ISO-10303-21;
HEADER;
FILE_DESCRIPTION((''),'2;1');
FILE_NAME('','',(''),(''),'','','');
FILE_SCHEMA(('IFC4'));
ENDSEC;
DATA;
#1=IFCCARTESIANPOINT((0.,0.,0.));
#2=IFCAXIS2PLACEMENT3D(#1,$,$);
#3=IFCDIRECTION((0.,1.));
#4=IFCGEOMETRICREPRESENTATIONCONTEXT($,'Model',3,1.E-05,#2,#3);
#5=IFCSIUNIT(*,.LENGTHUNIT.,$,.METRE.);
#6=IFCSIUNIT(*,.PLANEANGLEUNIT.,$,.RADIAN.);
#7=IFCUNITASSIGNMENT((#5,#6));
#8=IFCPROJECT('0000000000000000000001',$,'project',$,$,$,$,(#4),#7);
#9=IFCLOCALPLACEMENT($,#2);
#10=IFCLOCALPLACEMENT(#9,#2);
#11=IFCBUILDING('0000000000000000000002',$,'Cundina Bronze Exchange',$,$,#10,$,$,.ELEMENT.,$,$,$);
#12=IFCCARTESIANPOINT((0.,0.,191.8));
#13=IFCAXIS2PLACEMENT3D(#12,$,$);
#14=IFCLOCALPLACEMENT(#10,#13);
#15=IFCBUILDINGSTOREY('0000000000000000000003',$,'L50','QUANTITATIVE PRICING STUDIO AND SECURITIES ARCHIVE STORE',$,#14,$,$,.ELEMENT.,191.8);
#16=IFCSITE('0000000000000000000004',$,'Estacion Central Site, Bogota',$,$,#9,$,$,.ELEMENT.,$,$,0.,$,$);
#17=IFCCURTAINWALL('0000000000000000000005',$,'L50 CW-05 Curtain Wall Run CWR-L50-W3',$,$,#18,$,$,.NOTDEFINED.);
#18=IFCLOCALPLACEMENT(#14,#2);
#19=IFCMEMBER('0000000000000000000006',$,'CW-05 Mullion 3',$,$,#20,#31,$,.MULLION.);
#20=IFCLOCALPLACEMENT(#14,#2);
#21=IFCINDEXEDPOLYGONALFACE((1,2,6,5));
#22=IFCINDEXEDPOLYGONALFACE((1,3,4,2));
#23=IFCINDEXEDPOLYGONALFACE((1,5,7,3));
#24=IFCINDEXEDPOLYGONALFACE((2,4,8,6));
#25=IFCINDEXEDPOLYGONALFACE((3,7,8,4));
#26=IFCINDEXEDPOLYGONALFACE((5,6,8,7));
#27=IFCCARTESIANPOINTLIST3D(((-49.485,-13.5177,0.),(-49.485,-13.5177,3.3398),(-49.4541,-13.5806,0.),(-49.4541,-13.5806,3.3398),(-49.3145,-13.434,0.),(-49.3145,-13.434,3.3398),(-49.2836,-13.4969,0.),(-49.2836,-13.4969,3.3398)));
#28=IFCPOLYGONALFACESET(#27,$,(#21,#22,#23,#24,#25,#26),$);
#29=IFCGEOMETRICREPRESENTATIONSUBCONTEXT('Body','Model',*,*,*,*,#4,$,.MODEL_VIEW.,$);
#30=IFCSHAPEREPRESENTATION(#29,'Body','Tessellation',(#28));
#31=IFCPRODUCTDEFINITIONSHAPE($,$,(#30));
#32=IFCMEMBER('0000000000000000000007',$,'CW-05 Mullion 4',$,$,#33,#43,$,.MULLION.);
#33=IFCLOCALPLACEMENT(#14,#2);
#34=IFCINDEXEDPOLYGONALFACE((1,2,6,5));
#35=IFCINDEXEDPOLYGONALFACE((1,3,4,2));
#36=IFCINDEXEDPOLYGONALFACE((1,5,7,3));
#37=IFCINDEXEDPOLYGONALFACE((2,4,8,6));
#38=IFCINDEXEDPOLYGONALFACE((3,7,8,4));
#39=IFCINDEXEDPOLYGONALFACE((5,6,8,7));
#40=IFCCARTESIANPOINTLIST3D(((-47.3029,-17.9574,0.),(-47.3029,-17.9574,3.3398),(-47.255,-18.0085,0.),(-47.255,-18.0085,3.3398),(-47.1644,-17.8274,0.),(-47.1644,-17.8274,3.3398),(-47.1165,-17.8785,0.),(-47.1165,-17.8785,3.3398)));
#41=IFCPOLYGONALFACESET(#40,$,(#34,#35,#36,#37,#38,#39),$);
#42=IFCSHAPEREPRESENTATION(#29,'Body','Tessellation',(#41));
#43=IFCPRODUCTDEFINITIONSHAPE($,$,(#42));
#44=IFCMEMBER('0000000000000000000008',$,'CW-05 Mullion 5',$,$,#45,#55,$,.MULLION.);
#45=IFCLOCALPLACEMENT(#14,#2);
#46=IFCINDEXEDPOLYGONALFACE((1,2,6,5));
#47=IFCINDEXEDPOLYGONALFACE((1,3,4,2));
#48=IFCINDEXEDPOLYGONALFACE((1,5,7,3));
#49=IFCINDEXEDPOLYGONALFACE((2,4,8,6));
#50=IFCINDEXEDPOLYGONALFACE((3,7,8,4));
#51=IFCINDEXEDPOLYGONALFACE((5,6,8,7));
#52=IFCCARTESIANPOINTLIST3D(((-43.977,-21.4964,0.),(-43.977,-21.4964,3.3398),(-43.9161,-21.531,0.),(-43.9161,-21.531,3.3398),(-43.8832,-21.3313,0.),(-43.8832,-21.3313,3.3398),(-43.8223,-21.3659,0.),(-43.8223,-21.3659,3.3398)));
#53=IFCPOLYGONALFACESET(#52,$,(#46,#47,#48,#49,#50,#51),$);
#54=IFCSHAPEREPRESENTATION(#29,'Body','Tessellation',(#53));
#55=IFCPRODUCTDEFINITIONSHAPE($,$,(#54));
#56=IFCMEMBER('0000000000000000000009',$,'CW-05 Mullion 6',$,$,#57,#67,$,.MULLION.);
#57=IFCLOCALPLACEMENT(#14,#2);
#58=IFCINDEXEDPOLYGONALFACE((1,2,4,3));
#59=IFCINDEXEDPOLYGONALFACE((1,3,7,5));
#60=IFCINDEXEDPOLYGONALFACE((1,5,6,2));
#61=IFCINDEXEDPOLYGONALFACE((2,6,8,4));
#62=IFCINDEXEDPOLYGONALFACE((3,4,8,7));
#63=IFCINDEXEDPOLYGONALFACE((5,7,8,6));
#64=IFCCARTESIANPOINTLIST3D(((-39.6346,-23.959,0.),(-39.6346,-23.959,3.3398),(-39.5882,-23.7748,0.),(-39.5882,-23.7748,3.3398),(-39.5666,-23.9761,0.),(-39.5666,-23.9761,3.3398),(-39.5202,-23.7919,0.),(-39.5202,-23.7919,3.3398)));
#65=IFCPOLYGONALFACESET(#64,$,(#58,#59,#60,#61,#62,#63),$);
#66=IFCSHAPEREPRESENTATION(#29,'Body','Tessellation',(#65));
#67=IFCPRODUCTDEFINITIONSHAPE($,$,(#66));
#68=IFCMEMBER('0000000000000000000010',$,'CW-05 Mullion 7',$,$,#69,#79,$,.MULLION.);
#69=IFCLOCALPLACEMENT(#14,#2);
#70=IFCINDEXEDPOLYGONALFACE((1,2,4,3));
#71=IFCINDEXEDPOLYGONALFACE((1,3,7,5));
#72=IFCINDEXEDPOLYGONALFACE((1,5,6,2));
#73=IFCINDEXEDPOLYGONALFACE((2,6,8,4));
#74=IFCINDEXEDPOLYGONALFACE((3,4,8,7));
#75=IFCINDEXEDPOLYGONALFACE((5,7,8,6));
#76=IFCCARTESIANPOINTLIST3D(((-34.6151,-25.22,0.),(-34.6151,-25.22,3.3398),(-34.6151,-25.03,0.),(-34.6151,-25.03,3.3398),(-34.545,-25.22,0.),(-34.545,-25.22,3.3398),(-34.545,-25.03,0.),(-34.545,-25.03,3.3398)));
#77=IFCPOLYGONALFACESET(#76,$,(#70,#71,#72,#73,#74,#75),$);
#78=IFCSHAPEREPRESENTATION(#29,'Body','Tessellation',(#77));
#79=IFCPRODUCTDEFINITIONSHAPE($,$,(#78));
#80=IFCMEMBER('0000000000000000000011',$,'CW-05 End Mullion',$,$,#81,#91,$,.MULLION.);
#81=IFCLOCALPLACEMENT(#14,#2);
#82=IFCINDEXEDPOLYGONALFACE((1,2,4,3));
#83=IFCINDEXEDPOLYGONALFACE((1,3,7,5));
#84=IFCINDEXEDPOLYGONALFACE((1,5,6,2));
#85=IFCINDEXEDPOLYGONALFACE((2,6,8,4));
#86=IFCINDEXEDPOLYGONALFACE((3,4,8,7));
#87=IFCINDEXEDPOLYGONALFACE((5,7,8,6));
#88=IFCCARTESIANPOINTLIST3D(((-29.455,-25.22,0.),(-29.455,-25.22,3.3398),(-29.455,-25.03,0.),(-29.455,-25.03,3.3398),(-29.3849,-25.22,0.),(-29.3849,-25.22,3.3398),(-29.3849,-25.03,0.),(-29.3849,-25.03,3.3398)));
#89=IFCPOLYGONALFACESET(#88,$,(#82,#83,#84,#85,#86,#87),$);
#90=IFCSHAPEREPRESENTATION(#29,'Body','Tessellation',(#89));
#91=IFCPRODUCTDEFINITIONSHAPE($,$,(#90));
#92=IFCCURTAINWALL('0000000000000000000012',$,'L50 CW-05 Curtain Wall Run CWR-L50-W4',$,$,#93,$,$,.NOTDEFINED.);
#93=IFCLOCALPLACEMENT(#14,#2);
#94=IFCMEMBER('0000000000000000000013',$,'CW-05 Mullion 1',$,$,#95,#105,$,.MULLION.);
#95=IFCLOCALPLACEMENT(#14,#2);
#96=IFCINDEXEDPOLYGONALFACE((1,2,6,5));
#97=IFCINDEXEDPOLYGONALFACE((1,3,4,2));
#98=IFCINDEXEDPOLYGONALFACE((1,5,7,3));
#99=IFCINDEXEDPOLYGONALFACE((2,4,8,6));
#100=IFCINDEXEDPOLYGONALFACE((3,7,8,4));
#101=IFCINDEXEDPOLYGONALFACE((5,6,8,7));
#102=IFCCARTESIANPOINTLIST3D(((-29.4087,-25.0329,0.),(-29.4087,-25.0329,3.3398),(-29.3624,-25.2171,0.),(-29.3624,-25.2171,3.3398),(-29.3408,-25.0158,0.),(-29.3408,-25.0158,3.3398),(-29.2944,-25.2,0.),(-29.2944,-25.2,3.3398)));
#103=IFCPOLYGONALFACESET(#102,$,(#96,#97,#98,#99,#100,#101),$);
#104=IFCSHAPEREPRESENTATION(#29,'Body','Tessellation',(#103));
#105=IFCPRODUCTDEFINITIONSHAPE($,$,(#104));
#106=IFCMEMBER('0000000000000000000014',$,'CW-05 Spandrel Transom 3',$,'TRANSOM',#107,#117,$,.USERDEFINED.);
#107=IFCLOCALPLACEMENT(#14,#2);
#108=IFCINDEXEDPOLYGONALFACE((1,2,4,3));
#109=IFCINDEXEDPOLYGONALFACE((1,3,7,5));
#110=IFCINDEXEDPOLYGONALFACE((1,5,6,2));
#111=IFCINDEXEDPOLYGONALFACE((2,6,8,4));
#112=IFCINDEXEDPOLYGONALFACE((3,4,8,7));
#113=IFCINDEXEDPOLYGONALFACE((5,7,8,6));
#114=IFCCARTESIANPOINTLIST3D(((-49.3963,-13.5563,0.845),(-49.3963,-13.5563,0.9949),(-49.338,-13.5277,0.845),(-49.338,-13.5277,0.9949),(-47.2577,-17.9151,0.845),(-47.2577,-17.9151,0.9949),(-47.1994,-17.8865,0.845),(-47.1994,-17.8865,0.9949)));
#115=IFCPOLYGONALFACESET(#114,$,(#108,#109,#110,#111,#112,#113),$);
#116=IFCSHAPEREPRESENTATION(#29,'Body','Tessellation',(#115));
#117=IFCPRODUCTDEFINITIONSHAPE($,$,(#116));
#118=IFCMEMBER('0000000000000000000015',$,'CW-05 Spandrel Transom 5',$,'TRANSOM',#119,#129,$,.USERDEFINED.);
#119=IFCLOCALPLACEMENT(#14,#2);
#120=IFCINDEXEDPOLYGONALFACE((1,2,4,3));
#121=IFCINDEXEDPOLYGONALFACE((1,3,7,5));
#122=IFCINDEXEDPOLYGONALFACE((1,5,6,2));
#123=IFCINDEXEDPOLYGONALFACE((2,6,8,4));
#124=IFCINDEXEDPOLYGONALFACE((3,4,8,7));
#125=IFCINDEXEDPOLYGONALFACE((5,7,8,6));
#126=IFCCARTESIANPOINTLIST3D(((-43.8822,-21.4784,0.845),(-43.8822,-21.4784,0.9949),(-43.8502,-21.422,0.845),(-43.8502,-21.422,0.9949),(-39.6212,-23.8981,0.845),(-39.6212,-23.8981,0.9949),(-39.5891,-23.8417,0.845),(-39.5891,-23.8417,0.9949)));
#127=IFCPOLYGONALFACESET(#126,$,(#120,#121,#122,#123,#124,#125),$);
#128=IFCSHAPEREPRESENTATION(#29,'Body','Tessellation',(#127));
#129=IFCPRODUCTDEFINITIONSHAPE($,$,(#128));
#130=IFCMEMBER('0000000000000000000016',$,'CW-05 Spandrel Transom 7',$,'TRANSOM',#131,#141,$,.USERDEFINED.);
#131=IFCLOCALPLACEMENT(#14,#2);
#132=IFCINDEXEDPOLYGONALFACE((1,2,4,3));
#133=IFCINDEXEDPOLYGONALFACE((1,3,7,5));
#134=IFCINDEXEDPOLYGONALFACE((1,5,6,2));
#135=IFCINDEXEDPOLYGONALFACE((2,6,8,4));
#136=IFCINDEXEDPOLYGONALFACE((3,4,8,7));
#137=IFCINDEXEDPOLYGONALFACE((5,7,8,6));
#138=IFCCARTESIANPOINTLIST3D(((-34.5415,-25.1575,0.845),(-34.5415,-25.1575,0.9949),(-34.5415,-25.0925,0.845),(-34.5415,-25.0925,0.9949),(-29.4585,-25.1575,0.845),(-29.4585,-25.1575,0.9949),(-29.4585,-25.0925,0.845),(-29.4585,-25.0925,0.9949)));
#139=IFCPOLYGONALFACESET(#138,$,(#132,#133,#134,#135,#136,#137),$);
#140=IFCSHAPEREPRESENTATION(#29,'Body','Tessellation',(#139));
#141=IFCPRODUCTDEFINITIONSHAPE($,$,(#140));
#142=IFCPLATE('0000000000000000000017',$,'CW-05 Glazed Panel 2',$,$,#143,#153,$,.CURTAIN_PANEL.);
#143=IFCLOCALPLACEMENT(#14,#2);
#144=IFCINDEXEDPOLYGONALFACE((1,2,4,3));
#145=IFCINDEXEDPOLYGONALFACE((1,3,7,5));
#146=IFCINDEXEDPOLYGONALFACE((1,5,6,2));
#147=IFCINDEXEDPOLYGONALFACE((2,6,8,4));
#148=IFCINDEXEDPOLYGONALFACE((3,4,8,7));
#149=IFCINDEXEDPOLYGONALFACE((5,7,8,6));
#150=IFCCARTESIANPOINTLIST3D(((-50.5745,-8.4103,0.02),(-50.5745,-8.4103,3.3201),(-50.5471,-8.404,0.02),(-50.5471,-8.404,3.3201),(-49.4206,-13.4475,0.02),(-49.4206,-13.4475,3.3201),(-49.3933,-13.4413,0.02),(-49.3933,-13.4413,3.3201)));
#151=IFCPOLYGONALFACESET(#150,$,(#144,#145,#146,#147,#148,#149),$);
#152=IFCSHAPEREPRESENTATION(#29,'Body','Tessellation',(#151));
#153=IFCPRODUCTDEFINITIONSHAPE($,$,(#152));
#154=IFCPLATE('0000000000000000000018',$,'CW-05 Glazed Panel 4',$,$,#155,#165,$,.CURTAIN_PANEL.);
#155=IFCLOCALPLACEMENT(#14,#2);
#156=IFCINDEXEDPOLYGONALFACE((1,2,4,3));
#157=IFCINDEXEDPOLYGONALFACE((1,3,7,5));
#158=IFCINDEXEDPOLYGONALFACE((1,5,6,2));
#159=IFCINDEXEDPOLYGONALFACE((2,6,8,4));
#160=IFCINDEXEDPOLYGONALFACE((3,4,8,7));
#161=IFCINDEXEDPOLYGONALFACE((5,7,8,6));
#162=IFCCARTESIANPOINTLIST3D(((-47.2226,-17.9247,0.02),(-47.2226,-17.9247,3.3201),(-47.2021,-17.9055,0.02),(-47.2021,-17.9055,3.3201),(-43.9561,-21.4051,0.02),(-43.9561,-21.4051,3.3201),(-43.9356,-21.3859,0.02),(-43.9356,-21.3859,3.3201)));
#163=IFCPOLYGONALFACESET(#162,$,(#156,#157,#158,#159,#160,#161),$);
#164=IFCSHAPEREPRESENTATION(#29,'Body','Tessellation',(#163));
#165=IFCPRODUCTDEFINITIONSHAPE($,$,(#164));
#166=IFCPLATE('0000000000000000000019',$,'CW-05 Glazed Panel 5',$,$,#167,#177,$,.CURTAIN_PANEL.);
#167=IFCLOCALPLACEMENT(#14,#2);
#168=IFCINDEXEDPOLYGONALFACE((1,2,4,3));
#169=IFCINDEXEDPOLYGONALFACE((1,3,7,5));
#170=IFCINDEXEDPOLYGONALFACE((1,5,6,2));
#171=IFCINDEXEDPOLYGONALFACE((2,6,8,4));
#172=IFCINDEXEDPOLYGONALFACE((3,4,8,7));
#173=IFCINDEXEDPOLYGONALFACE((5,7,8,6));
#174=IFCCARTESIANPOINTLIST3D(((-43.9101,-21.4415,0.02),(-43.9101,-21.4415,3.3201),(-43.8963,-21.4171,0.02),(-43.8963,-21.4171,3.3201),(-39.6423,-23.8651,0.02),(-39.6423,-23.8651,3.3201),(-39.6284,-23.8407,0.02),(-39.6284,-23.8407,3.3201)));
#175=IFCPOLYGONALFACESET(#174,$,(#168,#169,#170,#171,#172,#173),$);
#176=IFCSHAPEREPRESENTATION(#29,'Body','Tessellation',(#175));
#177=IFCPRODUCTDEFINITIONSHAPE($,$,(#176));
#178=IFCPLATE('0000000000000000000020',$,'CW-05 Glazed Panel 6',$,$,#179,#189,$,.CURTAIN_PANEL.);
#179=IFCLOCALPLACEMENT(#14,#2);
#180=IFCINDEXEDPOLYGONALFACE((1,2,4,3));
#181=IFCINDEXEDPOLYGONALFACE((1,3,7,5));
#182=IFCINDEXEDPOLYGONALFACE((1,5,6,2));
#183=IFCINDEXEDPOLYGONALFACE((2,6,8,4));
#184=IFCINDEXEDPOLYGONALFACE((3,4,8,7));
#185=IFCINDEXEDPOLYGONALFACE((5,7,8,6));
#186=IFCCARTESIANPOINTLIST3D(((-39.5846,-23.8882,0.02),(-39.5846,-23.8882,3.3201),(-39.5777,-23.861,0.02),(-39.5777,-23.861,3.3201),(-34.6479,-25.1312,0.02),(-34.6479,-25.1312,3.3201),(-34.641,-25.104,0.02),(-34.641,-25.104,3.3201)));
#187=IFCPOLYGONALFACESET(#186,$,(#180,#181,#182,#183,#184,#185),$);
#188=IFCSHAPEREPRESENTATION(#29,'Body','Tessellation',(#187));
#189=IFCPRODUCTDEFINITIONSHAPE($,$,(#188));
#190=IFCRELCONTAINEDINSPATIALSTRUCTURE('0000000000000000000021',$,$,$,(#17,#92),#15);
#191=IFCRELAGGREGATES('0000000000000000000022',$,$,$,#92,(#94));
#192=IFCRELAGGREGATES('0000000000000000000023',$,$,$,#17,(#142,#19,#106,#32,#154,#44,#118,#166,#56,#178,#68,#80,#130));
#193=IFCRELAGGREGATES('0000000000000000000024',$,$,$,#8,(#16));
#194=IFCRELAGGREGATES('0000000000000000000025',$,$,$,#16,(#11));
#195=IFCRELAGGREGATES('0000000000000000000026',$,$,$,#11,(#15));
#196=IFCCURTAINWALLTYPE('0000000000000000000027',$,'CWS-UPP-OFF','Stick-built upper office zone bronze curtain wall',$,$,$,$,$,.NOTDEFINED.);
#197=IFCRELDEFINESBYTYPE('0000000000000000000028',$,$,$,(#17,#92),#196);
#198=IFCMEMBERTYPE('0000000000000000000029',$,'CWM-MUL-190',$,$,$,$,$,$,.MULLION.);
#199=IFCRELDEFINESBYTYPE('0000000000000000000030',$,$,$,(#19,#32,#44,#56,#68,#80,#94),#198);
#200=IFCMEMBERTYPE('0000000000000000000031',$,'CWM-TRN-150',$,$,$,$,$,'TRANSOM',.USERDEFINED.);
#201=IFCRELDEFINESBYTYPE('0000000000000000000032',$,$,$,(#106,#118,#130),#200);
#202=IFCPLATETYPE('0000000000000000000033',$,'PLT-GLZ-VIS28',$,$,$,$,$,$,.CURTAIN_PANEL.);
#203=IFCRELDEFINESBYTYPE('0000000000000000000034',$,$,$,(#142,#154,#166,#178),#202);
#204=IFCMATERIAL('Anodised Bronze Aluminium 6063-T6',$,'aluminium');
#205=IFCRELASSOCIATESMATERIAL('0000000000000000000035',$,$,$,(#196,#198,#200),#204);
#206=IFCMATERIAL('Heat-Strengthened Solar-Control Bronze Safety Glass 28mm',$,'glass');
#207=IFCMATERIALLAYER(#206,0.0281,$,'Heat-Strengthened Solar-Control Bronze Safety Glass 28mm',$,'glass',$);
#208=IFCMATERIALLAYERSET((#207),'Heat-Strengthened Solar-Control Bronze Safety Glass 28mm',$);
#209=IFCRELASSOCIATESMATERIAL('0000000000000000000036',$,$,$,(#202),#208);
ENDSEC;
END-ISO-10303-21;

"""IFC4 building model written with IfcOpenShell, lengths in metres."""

from ifc_helpers import new_model, si_unit, direction, frame, origin, origin_2d, place, context, subcontext, project, spatial, rectangle, extrude, material, layer, layer_set, material_profile, profile_set, type_object, element, aggregate, save


model = new_model("IFC4")

# Units and contexts
model_context = context("Model", 3, precision=1e-05, world=origin(), true_north=direction((0.0, 1.0)))
body_context = subcontext(model_context, "Body", "Model", "MODEL_VIEW")
ifc_project = project(units=[si_unit("LENGTHUNIT", "METRE"), si_unit("PLANEANGLEUNIT", "RADIAN")], contexts=[model_context])

# Site, building, storey
site_placement = place(None, origin())
site = spatial("IfcSite", under=ifc_project, at=site_placement, Name="Estacion Central Site, Bogota", CompositionType="ELEMENT", RefElevation=0.0)
building_placement = place(site_placement, origin())
building = spatial("IfcBuilding", under=site, at=building_placement, Name="Cundina Bronze Exchange", CompositionType="ELEMENT")
storey_placement = place(building_placement, frame((0.0, 0.0, 191.8)))
storey = spatial("IfcBuildingStorey", under=building, at=storey_placement, Name="L50", Description="QUANTITATIVE PRICING STUDIO AND SECURITIES ARCHIVE STORE", CompositionType="ELEMENT", Elevation=191.8)

# Curtain wall, members
ifc_material_1 = material(Name="Anodised Bronze Aluminium 6063-T6", Category="aluminium")
curtain_wall_type = type_object("IfcCurtainWallType", Name="CWS-UPP-OFF", Description="Stick-built upper office zone bronze curtain wall", PredefinedType="NOTDEFINED", material=ifc_material_1)
curtain_wall_1_placement = place(storey_placement, origin())
curtain_wall_1 = element("IfcCurtainWall", 1, at=curtain_wall_1_placement, inside=storey, type_object=curtain_wall_type, Name="L50 CW-05 Curtain Wall Run CWR-L50-W3", PredefinedType="NOTDEFINED")
ifc_material_profile_1 = material_profile(ifc_material_1, rectangle(XDim=0.0701, YDim=0.1899, at=origin_2d()), Name="AL70X190", Category="aluminium")
ifc_profile_set_1 = profile_set([ifc_material_profile_1], Name="Anodised Bronze Aluminium 6063-T6")
member_type_1 = type_object("IfcMemberType", Name="CWM-MUL-190", PredefinedType="MULLION", material=ifc_profile_set_1)
member_1_placement = place(storey_placement, frame((-49.3843, -13.5073, 0.0), z_axis=(0.0, 0.0, 1.0), x_axis=(0.440566, -0.89772, 0.0)))
member_1 = element("IfcMember", 2, at=member_1_placement, type_object=member_type_1, Name="CW-05 Mullion 3", PredefinedType="MULLION", context=body_context, shape_type="SweptSolid", body=[
    extrude(rectangle(XDim=0.0701, YDim=0.1899, at=origin_2d()), origin(), (0.0, 0.0, 1.0), 3.3398),
])
member_2_placement = place(storey_placement, frame((-47.2097, -17.918, 0.0), z_axis=(0.0, 0.0, 1.0), x_axis=(0.684293, -0.729208, 0.0)))
member_2 = element("IfcMember", 3, at=member_2_placement, type_object=member_type_1, Name="CW-05 Mullion 4", PredefinedType="MULLION", context=body_context, shape_type="SweptSolid", body=[
    extrude(rectangle(XDim=0.0701, YDim=0.1899, at=origin_2d()), origin(), (0.0, 0.0, 1.0), 3.3398),
])
member_3_placement = place(storey_placement, frame((-43.8997, -21.4312, 0.0), z_axis=(0.0, 0.0, 1.0), x_axis=(0.869581, -0.49379, 0.0)))
member_3 = element("IfcMember", 4, at=member_3_placement, type_object=member_type_1, Name="CW-05 Mullion 5", PredefinedType="MULLION", context=body_context, shape_type="SweptSolid", body=[
    extrude(rectangle(XDim=0.0701, YDim=0.1899, at=origin_2d()), origin(), (0.0, 0.0, 1.0), 3.3398),
])
member_4_placement = place(storey_placement, frame((-39.5774, -23.8755, 0.0), z_axis=(0.0, 0.0, 1.0), x_axis=(0.969744, -0.244123, 0.0)))
member_4 = element("IfcMember", 5, at=member_4_placement, type_object=member_type_1, Name="CW-05 Mullion 6", PredefinedType="MULLION", context=body_context, shape_type="SweptSolid", body=[
    extrude(rectangle(XDim=0.0701, YDim=0.1899, at=origin_2d()), origin(), (0.0, 0.0, 1.0), 3.3398),
])
member_5_placement = place(storey_placement, frame((-34.5801, -25.125, 0.0), z_axis=(0.0, 0.0, 1.0), x_axis=(1.0, 0.0, 0.0)))
member_5 = element("IfcMember", 6, at=member_5_placement, type_object=member_type_1, Name="CW-05 Mullion 7", PredefinedType="MULLION", context=body_context, shape_type="SweptSolid", body=[
    extrude(rectangle(XDim=0.0701, YDim=0.1899, at=origin_2d()), origin(), (0.0, 0.0, 1.0), 3.3398),
])
member_6_placement = place(storey_placement, frame((-29.4199, -25.125, 0.0), z_axis=(0.0, 0.0, 1.0), x_axis=(1.0, 0.0, 0.0)))
member_6 = element("IfcMember", 7, at=member_6_placement, type_object=member_type_1, Name="CW-05 End Mullion", PredefinedType="MULLION", context=body_context, shape_type="SweptSolid", body=[
    extrude(rectangle(XDim=0.0701, YDim=0.1899, at=origin_2d()), origin(), (0.0, 0.0, 1.0), 3.3398),
])

# Curtain wall, member
curtain_wall_2_placement = place(storey_placement, origin())
curtain_wall_2 = element("IfcCurtainWall", 8, at=curtain_wall_2_placement, inside=storey, type_object=curtain_wall_type, Name="L50 CW-05 Curtain Wall Run CWR-L50-W4", PredefinedType="NOTDEFINED")
member_7_placement = place(storey_placement, frame((-29.3516, -25.1165, 0.0), z_axis=(0.0, 0.0, 1.0), x_axis=(0.969744, 0.244123, 0.0)))
member_7 = element("IfcMember", 9, at=member_7_placement, type_object=member_type_1, Name="CW-05 Mullion 1", PredefinedType="MULLION", context=body_context, shape_type="SweptSolid", body=[
    extrude(rectangle(XDim=0.0701, YDim=0.1899, at=origin_2d()), origin(), (0.0, 0.0, 1.0), 3.3398),
])
aggregate(curtain_wall_2, [member_7])

# Members
ifc_material_profile_2 = material_profile(ifc_material_1, rectangle(XDim=0.0649, YDim=0.1499, at=origin_2d()), Name="AL65X150", Category="aluminium")
ifc_profile_set_2 = profile_set([ifc_material_profile_2], Name="Anodised Bronze Aluminium 6063-T6")
member_type_2 = type_object("IfcMemberType", Name="CWM-TRN-150", ElementType="TRANSOM", PredefinedType="USERDEFINED", material=ifc_profile_set_2)
member_8_placement = place(storey_placement, frame((-49.3672, -13.542, 0.9199), z_axis=(0.440483, -0.897761, 0.0), x_axis=(0.897761, 0.440483, 0.0)))
member_8 = element("IfcMember", 10, at=member_8_placement, type_object=member_type_2, Name="CW-05 Spandrel Transom 3", ObjectType="TRANSOM", PredefinedType="USERDEFINED", context=body_context, shape_type="SweptSolid", body=[
    extrude(rectangle(XDim=0.0649, YDim=0.1499, at=origin_2d()), origin(), (0.0, 0.0, 1.0), 4.8552),
])
member_9_placement = place(storey_placement, frame((-43.8662, -21.4502, 0.9199), z_axis=(0.869574, -0.493803, 0.0), x_axis=(0.493803, 0.869574, 0.0)))
member_9 = element("IfcMember", 11, at=member_9_placement, type_object=member_type_2, Name="CW-05 Spandrel Transom 5", ObjectType="TRANSOM", PredefinedType="USERDEFINED", context=body_context, shape_type="SweptSolid", body=[
    extrude(rectangle(XDim=0.0649, YDim=0.1499, at=origin_2d()), origin(), (0.0, 0.0, 1.0), 4.9001),
])
member_10_placement = place(storey_placement, frame((-34.5415, -25.125, 0.9199), z_axis=(1.0, 0.0, 0.0), x_axis=(0.0, 1.0, 0.0)))
member_10 = element("IfcMember", 12, at=member_10_placement, type_object=member_type_2, Name="CW-05 Spandrel Transom 7", ObjectType="TRANSOM", PredefinedType="USERDEFINED", context=body_context, shape_type="SweptSolid", body=[
    extrude(rectangle(XDim=0.0649, YDim=0.1499, at=origin_2d()), origin(), (0.0, 0.0, 1.0), 5.083),
])

# Plates
ifc_material_2 = material(Name="Heat-Strengthened Solar-Control Bronze Safety Glass 28mm", Category="glass")
ifc_layer_1 = layer(ifc_material_2, 0.0281, Name="Heat-Strengthened Solar-Control Bronze Safety Glass 28mm", Category="glass")
ifc_layer_set_1 = layer_set([ifc_layer_1], Name="Heat-Strengthened Solar-Control Bronze Safety Glass 28mm")
plate_type_1 = type_object("IfcPlateType", Name="PLT-GLZ-VIS28", PredefinedType="CURTAIN_PANEL", material=ifc_layer_set_1)
plate_1_placement = place(storey_placement, frame((-49.9839, -10.9258, 0.02), z_axis=(0.0, 0.0, 1.0), x_axis=(0.223284, -0.974753, 0.0)))
plate_1 = element("IfcPlate", 13, at=plate_1_placement, type_object=plate_type_1, Name="CW-05 Glazed Panel 2", PredefinedType="CURTAIN_PANEL", context=body_context, shape_type="SweptSolid", body=[
    extrude(rectangle(XDim=5.1677, YDim=0.0281, at=origin_2d()), origin(), (0.0, 0.0, 1.0), 3.3),
])
plate_2_placement = place(storey_placement, frame((-45.5791, -19.6553, 0.02), z_axis=(0.0, 0.0, 1.0), x_axis=(0.684344, -0.72916, 0.0)))
plate_2 = element("IfcPlate", 14, at=plate_2_placement, type_object=plate_type_1, Name="CW-05 Glazed Panel 4", PredefinedType="CURTAIN_PANEL", context=body_context, shape_type="SweptSolid", body=[
    extrude(rectangle(XDim=4.7732, YDim=0.0281, at=origin_2d()), origin(), (0.0, 0.0, 1.0), 3.3),
])
plate_3_placement = place(storey_placement, frame((-41.7693, -22.6411, 0.02), z_axis=(0.0, 0.0, 1.0), x_axis=(0.869573, -0.493805, 0.0)))
plate_3 = element("IfcPlate", 15, at=plate_3_placement, type_object=plate_type_1, Name="CW-05 Glazed Panel 5", PredefinedType="CURTAIN_PANEL", context=body_context, shape_type="SweptSolid", body=[
    extrude(rectangle(XDim=4.908, YDim=0.0281, at=origin_2d()), origin(), (0.0, 0.0, 1.0), 3.3),
])
plate_4_placement = place(storey_placement, frame((-37.1128, -24.4961, 0.02), z_axis=(0.0, 0.0, 1.0), x_axis=(0.969732, -0.244174, 0.0)))
plate_4 = element("IfcPlate", 16, at=plate_4_placement, type_object=plate_type_1, Name="CW-05 Glazed Panel 6", PredefinedType="CURTAIN_PANEL", context=body_context, shape_type="SweptSolid", body=[
    extrude(rectangle(XDim=5.0908, YDim=0.0281, at=origin_2d()), origin(), (0.0, 0.0, 1.0), 3.3),
])
aggregate(curtain_wall_1, [plate_1, member_1, member_8, member_2, plate_2, member_3, member_9, plate_3, member_4, plate_4, member_5, member_6, member_10])

save(model, "model.ifc")
